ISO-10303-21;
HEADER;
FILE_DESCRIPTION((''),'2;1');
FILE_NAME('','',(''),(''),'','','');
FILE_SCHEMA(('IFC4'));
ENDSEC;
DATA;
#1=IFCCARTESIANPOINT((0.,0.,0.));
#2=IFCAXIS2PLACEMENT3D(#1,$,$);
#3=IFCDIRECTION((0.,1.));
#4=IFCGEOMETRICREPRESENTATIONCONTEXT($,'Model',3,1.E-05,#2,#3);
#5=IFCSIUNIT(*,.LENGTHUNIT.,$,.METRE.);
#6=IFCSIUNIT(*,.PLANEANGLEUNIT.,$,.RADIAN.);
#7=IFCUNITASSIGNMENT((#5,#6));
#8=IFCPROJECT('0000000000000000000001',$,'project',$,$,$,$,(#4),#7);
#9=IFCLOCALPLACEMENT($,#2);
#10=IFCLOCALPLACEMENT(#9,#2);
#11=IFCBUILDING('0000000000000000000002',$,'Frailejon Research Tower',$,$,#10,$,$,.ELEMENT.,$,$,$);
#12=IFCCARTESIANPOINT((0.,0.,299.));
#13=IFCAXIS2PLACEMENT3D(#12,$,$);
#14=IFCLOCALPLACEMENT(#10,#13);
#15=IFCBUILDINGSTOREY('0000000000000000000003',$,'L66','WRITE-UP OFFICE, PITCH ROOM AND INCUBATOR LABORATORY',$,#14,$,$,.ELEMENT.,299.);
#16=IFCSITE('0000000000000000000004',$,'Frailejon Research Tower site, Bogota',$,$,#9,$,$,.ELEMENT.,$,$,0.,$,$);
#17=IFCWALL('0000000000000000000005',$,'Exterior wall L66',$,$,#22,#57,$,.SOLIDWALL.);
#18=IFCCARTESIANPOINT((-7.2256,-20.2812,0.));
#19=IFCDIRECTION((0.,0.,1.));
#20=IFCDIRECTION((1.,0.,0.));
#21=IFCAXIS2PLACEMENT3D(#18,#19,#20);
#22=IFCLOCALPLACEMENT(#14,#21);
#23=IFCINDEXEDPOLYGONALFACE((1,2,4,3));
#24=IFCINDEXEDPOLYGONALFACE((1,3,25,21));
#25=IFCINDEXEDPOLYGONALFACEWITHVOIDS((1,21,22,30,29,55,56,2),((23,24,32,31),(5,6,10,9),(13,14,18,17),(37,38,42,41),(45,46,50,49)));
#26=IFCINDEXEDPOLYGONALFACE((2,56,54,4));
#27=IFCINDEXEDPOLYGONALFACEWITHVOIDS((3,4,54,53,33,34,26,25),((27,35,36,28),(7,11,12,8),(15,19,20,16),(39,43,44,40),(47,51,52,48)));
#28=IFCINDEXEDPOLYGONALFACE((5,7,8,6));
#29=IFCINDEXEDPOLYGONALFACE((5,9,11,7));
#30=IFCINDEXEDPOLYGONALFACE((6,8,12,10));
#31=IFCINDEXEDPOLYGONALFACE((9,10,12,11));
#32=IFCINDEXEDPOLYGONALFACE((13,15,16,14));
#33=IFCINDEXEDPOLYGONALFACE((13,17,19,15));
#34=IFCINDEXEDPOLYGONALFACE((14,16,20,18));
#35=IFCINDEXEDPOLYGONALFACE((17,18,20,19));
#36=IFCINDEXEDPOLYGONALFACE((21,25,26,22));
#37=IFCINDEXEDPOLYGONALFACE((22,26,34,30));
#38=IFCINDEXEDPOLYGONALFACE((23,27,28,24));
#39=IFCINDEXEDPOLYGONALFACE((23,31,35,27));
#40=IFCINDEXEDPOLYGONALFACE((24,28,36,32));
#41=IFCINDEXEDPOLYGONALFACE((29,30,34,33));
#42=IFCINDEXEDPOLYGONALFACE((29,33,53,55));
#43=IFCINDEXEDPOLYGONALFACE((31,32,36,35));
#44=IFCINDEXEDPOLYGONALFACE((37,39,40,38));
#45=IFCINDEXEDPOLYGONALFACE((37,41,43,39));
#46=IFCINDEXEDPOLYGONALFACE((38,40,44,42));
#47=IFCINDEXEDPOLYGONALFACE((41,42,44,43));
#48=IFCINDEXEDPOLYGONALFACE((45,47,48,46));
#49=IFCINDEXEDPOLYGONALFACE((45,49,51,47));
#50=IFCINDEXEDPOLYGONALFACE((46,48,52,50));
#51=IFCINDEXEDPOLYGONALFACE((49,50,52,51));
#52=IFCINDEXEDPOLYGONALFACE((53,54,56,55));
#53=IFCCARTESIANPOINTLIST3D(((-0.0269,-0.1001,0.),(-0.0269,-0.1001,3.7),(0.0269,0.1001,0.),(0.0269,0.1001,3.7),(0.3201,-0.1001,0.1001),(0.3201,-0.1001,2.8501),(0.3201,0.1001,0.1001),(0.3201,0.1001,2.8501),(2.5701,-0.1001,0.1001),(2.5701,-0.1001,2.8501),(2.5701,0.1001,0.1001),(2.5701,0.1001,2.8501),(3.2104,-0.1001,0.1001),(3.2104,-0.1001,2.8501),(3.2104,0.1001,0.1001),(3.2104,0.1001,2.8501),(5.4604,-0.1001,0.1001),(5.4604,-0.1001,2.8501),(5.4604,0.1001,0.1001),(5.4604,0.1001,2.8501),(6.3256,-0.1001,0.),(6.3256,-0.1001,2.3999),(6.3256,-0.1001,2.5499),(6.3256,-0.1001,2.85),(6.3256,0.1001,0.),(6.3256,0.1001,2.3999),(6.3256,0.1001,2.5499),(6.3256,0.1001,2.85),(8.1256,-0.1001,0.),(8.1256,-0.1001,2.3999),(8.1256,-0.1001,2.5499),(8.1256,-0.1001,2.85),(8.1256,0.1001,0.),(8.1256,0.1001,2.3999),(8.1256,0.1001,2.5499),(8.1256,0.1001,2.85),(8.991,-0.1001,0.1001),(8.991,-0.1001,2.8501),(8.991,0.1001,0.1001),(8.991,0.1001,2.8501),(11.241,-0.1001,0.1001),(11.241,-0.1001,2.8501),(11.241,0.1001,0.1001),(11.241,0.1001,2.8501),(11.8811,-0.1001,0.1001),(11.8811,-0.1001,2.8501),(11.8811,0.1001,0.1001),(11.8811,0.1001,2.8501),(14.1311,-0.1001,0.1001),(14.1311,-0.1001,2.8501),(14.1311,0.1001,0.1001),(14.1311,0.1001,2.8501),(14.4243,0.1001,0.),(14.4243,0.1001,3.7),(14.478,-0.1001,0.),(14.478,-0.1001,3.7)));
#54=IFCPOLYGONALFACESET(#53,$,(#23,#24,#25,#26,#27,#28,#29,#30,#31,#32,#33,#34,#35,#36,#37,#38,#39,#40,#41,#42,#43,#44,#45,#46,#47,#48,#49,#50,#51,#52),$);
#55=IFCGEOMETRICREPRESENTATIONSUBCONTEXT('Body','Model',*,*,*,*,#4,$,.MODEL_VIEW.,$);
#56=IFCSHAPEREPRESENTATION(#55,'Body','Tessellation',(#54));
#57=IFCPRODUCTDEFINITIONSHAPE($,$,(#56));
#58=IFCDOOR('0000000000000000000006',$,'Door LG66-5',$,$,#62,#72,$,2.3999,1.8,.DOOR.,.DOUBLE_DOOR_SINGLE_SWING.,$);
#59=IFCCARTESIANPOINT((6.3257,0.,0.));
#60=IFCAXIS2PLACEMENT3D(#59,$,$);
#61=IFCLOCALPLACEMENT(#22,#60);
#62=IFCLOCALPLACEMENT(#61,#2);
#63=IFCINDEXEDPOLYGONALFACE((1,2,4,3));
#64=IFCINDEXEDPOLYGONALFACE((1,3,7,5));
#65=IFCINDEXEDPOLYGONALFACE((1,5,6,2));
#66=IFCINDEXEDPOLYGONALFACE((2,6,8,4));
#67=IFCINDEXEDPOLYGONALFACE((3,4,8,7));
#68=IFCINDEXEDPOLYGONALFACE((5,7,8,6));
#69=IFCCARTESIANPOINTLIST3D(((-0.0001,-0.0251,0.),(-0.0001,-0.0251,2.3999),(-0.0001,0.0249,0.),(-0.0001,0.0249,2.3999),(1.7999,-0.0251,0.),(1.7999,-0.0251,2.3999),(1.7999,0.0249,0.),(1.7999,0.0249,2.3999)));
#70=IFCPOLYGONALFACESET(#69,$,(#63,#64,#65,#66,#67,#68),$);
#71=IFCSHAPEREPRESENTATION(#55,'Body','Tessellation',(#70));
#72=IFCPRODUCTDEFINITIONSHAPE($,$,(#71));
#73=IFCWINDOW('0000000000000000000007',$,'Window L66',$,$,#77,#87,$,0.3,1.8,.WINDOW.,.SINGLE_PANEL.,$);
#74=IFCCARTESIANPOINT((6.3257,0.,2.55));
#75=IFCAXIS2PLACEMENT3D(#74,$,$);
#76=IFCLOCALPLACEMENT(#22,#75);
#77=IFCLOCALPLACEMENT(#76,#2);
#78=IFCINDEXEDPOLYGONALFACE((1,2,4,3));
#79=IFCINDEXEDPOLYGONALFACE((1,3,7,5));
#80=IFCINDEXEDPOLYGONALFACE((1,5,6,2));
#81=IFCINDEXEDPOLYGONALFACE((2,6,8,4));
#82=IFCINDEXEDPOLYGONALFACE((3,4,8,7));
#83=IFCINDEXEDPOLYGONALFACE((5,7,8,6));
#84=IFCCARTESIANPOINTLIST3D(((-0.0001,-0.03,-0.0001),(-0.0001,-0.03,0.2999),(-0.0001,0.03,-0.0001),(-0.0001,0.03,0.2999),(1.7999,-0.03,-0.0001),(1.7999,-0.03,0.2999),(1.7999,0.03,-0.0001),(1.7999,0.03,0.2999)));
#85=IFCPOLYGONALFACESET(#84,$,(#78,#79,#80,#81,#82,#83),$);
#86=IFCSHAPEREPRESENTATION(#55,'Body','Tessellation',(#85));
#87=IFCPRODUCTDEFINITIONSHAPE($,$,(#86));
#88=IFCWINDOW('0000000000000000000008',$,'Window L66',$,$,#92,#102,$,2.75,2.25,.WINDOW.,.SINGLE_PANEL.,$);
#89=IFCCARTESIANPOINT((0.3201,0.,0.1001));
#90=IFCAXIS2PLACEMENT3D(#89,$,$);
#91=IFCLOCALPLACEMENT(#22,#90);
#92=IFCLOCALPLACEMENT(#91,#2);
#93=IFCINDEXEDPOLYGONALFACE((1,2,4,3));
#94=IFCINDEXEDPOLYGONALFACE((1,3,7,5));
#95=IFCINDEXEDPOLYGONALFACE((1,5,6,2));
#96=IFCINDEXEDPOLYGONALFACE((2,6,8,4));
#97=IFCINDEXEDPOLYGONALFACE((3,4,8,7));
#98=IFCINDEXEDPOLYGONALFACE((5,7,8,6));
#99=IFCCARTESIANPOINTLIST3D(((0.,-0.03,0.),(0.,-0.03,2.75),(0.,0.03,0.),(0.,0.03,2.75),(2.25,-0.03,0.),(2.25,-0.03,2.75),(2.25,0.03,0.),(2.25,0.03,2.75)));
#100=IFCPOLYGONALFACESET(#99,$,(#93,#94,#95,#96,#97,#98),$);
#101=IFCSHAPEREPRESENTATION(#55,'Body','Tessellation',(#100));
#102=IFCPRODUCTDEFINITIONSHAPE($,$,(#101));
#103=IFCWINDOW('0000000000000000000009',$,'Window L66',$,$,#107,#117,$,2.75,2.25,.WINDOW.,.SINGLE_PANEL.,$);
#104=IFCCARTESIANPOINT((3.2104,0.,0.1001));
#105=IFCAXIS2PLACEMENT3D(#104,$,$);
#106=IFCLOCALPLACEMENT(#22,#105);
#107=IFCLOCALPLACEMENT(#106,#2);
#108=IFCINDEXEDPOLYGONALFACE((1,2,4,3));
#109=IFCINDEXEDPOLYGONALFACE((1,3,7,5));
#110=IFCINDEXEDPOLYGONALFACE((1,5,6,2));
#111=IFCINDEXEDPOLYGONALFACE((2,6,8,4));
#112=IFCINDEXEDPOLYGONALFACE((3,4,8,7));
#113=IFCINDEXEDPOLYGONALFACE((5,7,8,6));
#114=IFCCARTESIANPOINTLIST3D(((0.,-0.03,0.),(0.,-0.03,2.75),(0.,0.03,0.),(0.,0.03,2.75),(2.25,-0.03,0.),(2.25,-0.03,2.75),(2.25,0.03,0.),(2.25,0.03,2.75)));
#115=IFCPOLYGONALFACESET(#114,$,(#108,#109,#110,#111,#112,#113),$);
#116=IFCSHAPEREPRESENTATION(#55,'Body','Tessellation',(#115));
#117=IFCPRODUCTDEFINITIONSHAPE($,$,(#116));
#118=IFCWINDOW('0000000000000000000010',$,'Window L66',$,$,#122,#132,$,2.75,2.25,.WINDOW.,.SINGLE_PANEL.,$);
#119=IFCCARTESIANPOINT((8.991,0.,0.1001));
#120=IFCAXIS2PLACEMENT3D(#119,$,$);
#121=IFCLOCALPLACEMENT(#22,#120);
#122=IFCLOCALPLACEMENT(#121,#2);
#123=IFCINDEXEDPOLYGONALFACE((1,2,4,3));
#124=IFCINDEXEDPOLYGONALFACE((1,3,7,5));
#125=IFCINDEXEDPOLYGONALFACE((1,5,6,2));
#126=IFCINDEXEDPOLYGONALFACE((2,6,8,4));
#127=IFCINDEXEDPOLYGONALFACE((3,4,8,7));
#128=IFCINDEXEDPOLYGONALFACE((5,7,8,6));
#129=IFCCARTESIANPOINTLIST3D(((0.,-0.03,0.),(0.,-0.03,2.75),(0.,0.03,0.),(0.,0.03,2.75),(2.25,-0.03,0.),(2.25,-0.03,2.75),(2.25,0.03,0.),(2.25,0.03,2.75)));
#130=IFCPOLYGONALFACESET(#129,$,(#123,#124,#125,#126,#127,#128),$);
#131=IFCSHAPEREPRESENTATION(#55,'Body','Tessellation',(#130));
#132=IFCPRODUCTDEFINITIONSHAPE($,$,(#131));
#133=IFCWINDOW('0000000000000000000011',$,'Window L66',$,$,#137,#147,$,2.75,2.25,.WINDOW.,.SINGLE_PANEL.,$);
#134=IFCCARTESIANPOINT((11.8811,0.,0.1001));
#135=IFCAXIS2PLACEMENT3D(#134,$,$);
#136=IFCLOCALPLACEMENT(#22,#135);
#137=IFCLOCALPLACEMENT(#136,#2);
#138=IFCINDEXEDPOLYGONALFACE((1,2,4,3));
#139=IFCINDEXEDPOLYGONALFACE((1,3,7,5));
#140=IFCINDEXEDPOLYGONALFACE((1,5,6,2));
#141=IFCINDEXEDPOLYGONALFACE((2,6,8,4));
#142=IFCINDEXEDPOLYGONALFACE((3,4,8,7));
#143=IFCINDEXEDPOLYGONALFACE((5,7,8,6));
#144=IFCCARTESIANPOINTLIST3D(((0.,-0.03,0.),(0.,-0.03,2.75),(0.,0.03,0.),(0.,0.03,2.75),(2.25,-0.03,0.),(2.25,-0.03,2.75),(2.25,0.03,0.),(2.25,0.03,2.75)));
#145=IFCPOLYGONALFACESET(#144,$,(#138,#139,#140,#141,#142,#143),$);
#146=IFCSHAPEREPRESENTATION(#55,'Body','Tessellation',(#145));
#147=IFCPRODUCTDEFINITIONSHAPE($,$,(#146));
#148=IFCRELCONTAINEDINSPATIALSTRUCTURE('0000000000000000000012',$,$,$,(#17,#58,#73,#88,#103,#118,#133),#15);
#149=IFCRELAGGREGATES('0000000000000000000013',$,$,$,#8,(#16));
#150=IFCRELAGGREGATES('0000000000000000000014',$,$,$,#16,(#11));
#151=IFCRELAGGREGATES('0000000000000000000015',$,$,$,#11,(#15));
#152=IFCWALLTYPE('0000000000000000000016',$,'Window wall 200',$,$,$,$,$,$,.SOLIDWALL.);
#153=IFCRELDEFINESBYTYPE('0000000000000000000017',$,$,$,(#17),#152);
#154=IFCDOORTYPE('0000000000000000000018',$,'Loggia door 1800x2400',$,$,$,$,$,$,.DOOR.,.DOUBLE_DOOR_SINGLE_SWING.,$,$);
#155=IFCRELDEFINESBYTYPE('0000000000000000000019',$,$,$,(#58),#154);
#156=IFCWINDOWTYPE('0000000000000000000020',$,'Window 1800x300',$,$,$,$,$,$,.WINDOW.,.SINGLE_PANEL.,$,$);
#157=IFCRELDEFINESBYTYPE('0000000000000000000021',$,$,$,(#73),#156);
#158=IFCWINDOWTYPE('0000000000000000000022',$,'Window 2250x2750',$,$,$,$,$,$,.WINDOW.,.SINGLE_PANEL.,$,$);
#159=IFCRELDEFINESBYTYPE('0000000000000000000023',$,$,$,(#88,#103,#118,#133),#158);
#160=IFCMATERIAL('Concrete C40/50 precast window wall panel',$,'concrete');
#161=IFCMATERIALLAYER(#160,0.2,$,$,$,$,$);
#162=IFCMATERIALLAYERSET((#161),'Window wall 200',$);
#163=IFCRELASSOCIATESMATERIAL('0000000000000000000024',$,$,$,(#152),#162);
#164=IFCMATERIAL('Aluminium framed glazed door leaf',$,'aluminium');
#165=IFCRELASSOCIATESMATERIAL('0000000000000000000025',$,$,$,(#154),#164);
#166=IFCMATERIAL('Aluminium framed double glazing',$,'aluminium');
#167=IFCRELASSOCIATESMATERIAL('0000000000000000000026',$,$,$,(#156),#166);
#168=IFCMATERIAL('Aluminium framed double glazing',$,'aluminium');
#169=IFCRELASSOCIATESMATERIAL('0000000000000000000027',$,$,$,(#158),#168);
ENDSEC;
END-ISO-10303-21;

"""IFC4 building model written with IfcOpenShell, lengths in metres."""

from ifc_helpers import new_model, si_unit, direction, frame, frame_2d, origin, place, context, subcontext, project, spatial, polyline, rectangle, outline, extrude, material, layer, layer_set, type_object, element, fill, save


model = new_model("IFC4")

# Units and contexts
model_context = context("Model", 3, precision=1e-05, world=origin(), true_north=direction((0.0, 1.0)))
body_context = subcontext(model_context, "Body", "Model", "MODEL_VIEW")
ifc_project = project(units=[si_unit("LENGTHUNIT", "METRE"), si_unit("PLANEANGLEUNIT", "RADIAN")], contexts=[model_context])

# Site, building, storey
site_placement = place(None, origin())
site = spatial("IfcSite", under=ifc_project, at=site_placement, Name="Frailejon Research Tower site, Bogota", CompositionType="ELEMENT", RefElevation=0.0)
building_placement = place(site_placement, origin())
building = spatial("IfcBuilding", under=site, at=building_placement, Name="Frailejon Research Tower", CompositionType="ELEMENT")
storey_placement = place(building_placement, frame((0.0, 0.0, 299.0)))
storey = spatial("IfcBuildingStorey", under=building, at=storey_placement, Name="L66", Description="WRITE-UP OFFICE, PITCH ROOM AND INCUBATOR LABORATORY", CompositionType="ELEMENT", Elevation=299.0)

# Wall, openings, door, windows
ifc_material_1 = material(Name="Concrete C40/50 precast window wall panel", Category="concrete")
ifc_layer_1 = layer(ifc_material_1, 0.2)
ifc_layer_set_1 = layer_set([ifc_layer_1], Name="Window wall 200")
wall_type_1 = type_object("IfcWallType", Name="Window wall 200", PredefinedType="SOLIDWALL", material=ifc_layer_set_1)
wall_1_placement = place(storey_placement, frame((-7.2256, -20.2812, 0.0), z_axis=(0.0, 0.0, 1.0), x_axis=(1.0, 0.0, 0.0)))
wall_1 = element("IfcWall", 1, at=wall_1_placement, inside=storey, type_object=wall_type_1, Name="Exterior wall L66", PredefinedType="SOLIDWALL", context=body_context, shape_type="SweptSolid", body=[
    extrude(outline(polyline([(-0.0269, -0.1001), (1.0093, -0.1001), (2.0452, -0.1001), (3.0813, -0.1001), (4.1174, -0.1001), (5.1536, -0.1001), (6.1895, -0.1001), (7.2256, -0.1001), (8.2617, -0.1001), (9.2976, -0.1001), (10.3337, -0.1001), (11.3699, -0.1001), (12.406, -0.1001), (13.4419, -0.1001), (14.478, -0.1001), (14.4243, 0.1001), (13.396, 0.1001), (12.3674, 0.1001), (11.3391, 0.1001), (10.3108, 0.1001), (9.2825, 0.1001), (8.2539, 0.1001), (7.2256, 0.1001), (6.1973, 0.1001), (5.1687, 0.1001), (4.1404, 0.1001), (3.1121, 0.1001), (2.0837, 0.1001), (1.0552, 0.1001), (0.0269, 0.1001), (-0.0269, -0.1001)])), origin(), (0.0, 0.0, 1.0), 3.7),
])
opening_1_placement = place(wall_1_placement, frame((0.3201, 0.0, 0.1001)))
opening_1 = element("IfcOpeningElement", 2, at=opening_1_placement, cuts=wall_1, PredefinedType="OPENING", context=body_context, shape_type="SweptSolid", body=[
    extrude(rectangle(XDim=2.25, YDim=2.75, at=frame_2d((1.125, 1.375))), frame((0.0, 0.1099, 0.0), z_axis=(0.0, -1.0, 0.0), x_axis=(1.0, 0.0, 0.0)), (0.0, 0.0, 1.0), 0.22),
])
opening_2_placement = place(wall_1_placement, frame((3.2104, 0.0, 0.1001)))
opening_2 = element("IfcOpeningElement", 3, at=opening_2_placement, cuts=wall_1, PredefinedType="OPENING", context=body_context, shape_type="SweptSolid", body=[
    extrude(rectangle(XDim=2.25, YDim=2.75, at=frame_2d((1.125, 1.375))), frame((0.0, 0.1099, 0.0), z_axis=(0.0, -1.0, 0.0), x_axis=(1.0, 0.0, 0.0)), (0.0, 0.0, 1.0), 0.22),
])
opening_3_placement = place(wall_1_placement, frame((6.3257, 0.0, 0.0)))
opening_3 = element("IfcOpeningElement", 4, at=opening_3_placement, cuts=wall_1, PredefinedType="OPENING", context=body_context, shape_type="SweptSolid", body=[
    extrude(rectangle(XDim=1.8, YDim=2.3999, at=frame_2d((0.8999, 1.2))), frame((0.0, 0.1099, 0.0), z_axis=(0.0, -1.0, 0.0), x_axis=(1.0, 0.0, 0.0)), (0.0, 0.0, 1.0), 0.22),
])
opening_4_placement = place(wall_1_placement, frame((6.3257, 0.0, 2.55)))
opening_4 = element("IfcOpeningElement", 5, at=opening_4_placement, cuts=wall_1, PredefinedType="OPENING", context=body_context, shape_type="SweptSolid", body=[
    extrude(rectangle(XDim=1.8, YDim=0.3, at=frame_2d((0.8999, 0.1499))), frame((0.0, 0.1099, 0.0), z_axis=(0.0, -1.0, 0.0), x_axis=(1.0, 0.0, 0.0)), (0.0, 0.0, 1.0), 0.22),
])
opening_5_placement = place(wall_1_placement, frame((8.991, 0.0, 0.1001)))
opening_5 = element("IfcOpeningElement", 6, at=opening_5_placement, cuts=wall_1, PredefinedType="OPENING", context=body_context, shape_type="SweptSolid", body=[
    extrude(rectangle(XDim=2.25, YDim=2.75, at=frame_2d((1.125, 1.375))), frame((0.0, 0.1099, 0.0), z_axis=(0.0, -1.0, 0.0), x_axis=(1.0, 0.0, 0.0)), (0.0, 0.0, 1.0), 0.22),
])
opening_6_placement = place(wall_1_placement, frame((11.8811, 0.0, 0.1001)))
opening_6 = element("IfcOpeningElement", 7, at=opening_6_placement, cuts=wall_1, PredefinedType="OPENING", context=body_context, shape_type="SweptSolid", body=[
    extrude(rectangle(XDim=2.25, YDim=2.75, at=frame_2d((1.125, 1.375))), frame((0.0, 0.1099, 0.0), z_axis=(0.0, -1.0, 0.0), x_axis=(1.0, 0.0, 0.0)), (0.0, 0.0, 1.0), 0.22),
])
ifc_material_2 = material(Name="Aluminium framed glazed door leaf", Category="aluminium")
door_type = type_object("IfcDoorType", Name="Loggia door 1800x2400", OperationType="DOUBLE_DOOR_SINGLE_SWING", PredefinedType="DOOR", material=ifc_material_2)
door_placement = place(opening_3_placement, origin())
door = element("IfcDoor", 8, at=door_placement, inside=storey, type_object=door_type, Name="Door LG66-5", OperationType="DOUBLE_DOOR_SINGLE_SWING", OverallHeight=2.3999, OverallWidth=1.8, PredefinedType="DOOR", context=body_context, shape_type="SweptSolid", body=[
    extrude(rectangle(XDim=1.8, YDim=2.3999, at=frame_2d((0.8999, 1.2))), frame((0.0, 0.0249, 0.0), z_axis=(0.0, -1.0, 0.0), x_axis=(1.0, 0.0, 0.0)), (0.0, 0.0, 1.0), 0.05),
])
fill(opening_3, door)
ifc_material_3 = material(Name="Aluminium framed double glazing", Category="aluminium")
window_type_1 = type_object("IfcWindowType", Name="Window 1800x300", PartitioningType="SINGLE_PANEL", PredefinedType="WINDOW", material=ifc_material_3)
window_1_placement = place(opening_4_placement, origin())
window_1 = element("IfcWindow", 9, at=window_1_placement, inside=storey, type_object=window_type_1, Name="Window L66", OverallHeight=0.3, OverallWidth=1.8, PartitioningType="SINGLE_PANEL", PredefinedType="WINDOW", context=body_context, shape_type="SweptSolid", body=[
    extrude(rectangle(XDim=1.8, YDim=0.3, at=frame_2d((0.8999, 0.1499))), frame((0.0, 0.03, 0.0), z_axis=(0.0, -1.0, 0.0), x_axis=(1.0, 0.0, 0.0)), (0.0, 0.0, 1.0), 0.0601),
])
fill(opening_4, window_1)
ifc_material_4 = material(Name="Aluminium framed double glazing", Category="aluminium")
window_type_2 = type_object("IfcWindowType", Name="Window 2250x2750", PartitioningType="SINGLE_PANEL", PredefinedType="WINDOW", material=ifc_material_4)
window_2_placement = place(opening_1_placement, origin())
window_2 = element("IfcWindow", 10, at=window_2_placement, inside=storey, type_object=window_type_2, Name="Window L66", OverallHeight=2.75, OverallWidth=2.25, PartitioningType="SINGLE_PANEL", PredefinedType="WINDOW", context=body_context, shape_type="SweptSolid", body=[
    extrude(rectangle(XDim=2.25, YDim=2.75, at=frame_2d((1.125, 1.375))), frame((0.0, 0.03, 0.0), z_axis=(0.0, -1.0, 0.0), x_axis=(1.0, 0.0, 0.0)), (0.0, 0.0, 1.0), 0.0601),
])
fill(opening_1, window_2)
window_3_placement = place(opening_2_placement, origin())
window_3 = element("IfcWindow", 11, at=window_3_placement, inside=storey, type_object=window_type_2, Name="Window L66", OverallHeight=2.75, OverallWidth=2.25, PartitioningType="SINGLE_PANEL", PredefinedType="WINDOW", context=body_context, shape_type="SweptSolid", body=[
    extrude(rectangle(XDim=2.25, YDim=2.75, at=frame_2d((1.125, 1.375))), frame((0.0, 0.03, 0.0), z_axis=(0.0, -1.0, 0.0), x_axis=(1.0, 0.0, 0.0)), (0.0, 0.0, 1.0), 0.0601),
])
fill(opening_2, window_3)
window_4_placement = place(opening_5_placement, origin())
window_4 = element("IfcWindow", 12, at=window_4_placement, inside=storey, type_object=window_type_2, Name="Window L66", OverallHeight=2.75, OverallWidth=2.25, PartitioningType="SINGLE_PANEL", PredefinedType="WINDOW", context=body_context, shape_type="SweptSolid", body=[
    extrude(rectangle(XDim=2.25, YDim=2.75, at=frame_2d((1.125, 1.375))), frame((0.0, 0.03, 0.0), z_axis=(0.0, -1.0, 0.0), x_axis=(1.0, 0.0, 0.0)), (0.0, 0.0, 1.0), 0.0601),
])
fill(opening_5, window_4)
window_5_placement = place(opening_6_placement, origin())
window_5 = element("IfcWindow", 13, at=window_5_placement, inside=storey, type_object=window_type_2, Name="Window L66", OverallHeight=2.75, OverallWidth=2.25, PartitioningType="SINGLE_PANEL", PredefinedType="WINDOW", context=body_context, shape_type="SweptSolid", body=[
    extrude(rectangle(XDim=2.25, YDim=2.75, at=frame_2d((1.125, 1.375))), frame((0.0, 0.03, 0.0), z_axis=(0.0, -1.0, 0.0), x_axis=(1.0, 0.0, 0.0)), (0.0, 0.0, 1.0), 0.0601),
])
fill(opening_6, window_5)

save(model, "model.ifc")
